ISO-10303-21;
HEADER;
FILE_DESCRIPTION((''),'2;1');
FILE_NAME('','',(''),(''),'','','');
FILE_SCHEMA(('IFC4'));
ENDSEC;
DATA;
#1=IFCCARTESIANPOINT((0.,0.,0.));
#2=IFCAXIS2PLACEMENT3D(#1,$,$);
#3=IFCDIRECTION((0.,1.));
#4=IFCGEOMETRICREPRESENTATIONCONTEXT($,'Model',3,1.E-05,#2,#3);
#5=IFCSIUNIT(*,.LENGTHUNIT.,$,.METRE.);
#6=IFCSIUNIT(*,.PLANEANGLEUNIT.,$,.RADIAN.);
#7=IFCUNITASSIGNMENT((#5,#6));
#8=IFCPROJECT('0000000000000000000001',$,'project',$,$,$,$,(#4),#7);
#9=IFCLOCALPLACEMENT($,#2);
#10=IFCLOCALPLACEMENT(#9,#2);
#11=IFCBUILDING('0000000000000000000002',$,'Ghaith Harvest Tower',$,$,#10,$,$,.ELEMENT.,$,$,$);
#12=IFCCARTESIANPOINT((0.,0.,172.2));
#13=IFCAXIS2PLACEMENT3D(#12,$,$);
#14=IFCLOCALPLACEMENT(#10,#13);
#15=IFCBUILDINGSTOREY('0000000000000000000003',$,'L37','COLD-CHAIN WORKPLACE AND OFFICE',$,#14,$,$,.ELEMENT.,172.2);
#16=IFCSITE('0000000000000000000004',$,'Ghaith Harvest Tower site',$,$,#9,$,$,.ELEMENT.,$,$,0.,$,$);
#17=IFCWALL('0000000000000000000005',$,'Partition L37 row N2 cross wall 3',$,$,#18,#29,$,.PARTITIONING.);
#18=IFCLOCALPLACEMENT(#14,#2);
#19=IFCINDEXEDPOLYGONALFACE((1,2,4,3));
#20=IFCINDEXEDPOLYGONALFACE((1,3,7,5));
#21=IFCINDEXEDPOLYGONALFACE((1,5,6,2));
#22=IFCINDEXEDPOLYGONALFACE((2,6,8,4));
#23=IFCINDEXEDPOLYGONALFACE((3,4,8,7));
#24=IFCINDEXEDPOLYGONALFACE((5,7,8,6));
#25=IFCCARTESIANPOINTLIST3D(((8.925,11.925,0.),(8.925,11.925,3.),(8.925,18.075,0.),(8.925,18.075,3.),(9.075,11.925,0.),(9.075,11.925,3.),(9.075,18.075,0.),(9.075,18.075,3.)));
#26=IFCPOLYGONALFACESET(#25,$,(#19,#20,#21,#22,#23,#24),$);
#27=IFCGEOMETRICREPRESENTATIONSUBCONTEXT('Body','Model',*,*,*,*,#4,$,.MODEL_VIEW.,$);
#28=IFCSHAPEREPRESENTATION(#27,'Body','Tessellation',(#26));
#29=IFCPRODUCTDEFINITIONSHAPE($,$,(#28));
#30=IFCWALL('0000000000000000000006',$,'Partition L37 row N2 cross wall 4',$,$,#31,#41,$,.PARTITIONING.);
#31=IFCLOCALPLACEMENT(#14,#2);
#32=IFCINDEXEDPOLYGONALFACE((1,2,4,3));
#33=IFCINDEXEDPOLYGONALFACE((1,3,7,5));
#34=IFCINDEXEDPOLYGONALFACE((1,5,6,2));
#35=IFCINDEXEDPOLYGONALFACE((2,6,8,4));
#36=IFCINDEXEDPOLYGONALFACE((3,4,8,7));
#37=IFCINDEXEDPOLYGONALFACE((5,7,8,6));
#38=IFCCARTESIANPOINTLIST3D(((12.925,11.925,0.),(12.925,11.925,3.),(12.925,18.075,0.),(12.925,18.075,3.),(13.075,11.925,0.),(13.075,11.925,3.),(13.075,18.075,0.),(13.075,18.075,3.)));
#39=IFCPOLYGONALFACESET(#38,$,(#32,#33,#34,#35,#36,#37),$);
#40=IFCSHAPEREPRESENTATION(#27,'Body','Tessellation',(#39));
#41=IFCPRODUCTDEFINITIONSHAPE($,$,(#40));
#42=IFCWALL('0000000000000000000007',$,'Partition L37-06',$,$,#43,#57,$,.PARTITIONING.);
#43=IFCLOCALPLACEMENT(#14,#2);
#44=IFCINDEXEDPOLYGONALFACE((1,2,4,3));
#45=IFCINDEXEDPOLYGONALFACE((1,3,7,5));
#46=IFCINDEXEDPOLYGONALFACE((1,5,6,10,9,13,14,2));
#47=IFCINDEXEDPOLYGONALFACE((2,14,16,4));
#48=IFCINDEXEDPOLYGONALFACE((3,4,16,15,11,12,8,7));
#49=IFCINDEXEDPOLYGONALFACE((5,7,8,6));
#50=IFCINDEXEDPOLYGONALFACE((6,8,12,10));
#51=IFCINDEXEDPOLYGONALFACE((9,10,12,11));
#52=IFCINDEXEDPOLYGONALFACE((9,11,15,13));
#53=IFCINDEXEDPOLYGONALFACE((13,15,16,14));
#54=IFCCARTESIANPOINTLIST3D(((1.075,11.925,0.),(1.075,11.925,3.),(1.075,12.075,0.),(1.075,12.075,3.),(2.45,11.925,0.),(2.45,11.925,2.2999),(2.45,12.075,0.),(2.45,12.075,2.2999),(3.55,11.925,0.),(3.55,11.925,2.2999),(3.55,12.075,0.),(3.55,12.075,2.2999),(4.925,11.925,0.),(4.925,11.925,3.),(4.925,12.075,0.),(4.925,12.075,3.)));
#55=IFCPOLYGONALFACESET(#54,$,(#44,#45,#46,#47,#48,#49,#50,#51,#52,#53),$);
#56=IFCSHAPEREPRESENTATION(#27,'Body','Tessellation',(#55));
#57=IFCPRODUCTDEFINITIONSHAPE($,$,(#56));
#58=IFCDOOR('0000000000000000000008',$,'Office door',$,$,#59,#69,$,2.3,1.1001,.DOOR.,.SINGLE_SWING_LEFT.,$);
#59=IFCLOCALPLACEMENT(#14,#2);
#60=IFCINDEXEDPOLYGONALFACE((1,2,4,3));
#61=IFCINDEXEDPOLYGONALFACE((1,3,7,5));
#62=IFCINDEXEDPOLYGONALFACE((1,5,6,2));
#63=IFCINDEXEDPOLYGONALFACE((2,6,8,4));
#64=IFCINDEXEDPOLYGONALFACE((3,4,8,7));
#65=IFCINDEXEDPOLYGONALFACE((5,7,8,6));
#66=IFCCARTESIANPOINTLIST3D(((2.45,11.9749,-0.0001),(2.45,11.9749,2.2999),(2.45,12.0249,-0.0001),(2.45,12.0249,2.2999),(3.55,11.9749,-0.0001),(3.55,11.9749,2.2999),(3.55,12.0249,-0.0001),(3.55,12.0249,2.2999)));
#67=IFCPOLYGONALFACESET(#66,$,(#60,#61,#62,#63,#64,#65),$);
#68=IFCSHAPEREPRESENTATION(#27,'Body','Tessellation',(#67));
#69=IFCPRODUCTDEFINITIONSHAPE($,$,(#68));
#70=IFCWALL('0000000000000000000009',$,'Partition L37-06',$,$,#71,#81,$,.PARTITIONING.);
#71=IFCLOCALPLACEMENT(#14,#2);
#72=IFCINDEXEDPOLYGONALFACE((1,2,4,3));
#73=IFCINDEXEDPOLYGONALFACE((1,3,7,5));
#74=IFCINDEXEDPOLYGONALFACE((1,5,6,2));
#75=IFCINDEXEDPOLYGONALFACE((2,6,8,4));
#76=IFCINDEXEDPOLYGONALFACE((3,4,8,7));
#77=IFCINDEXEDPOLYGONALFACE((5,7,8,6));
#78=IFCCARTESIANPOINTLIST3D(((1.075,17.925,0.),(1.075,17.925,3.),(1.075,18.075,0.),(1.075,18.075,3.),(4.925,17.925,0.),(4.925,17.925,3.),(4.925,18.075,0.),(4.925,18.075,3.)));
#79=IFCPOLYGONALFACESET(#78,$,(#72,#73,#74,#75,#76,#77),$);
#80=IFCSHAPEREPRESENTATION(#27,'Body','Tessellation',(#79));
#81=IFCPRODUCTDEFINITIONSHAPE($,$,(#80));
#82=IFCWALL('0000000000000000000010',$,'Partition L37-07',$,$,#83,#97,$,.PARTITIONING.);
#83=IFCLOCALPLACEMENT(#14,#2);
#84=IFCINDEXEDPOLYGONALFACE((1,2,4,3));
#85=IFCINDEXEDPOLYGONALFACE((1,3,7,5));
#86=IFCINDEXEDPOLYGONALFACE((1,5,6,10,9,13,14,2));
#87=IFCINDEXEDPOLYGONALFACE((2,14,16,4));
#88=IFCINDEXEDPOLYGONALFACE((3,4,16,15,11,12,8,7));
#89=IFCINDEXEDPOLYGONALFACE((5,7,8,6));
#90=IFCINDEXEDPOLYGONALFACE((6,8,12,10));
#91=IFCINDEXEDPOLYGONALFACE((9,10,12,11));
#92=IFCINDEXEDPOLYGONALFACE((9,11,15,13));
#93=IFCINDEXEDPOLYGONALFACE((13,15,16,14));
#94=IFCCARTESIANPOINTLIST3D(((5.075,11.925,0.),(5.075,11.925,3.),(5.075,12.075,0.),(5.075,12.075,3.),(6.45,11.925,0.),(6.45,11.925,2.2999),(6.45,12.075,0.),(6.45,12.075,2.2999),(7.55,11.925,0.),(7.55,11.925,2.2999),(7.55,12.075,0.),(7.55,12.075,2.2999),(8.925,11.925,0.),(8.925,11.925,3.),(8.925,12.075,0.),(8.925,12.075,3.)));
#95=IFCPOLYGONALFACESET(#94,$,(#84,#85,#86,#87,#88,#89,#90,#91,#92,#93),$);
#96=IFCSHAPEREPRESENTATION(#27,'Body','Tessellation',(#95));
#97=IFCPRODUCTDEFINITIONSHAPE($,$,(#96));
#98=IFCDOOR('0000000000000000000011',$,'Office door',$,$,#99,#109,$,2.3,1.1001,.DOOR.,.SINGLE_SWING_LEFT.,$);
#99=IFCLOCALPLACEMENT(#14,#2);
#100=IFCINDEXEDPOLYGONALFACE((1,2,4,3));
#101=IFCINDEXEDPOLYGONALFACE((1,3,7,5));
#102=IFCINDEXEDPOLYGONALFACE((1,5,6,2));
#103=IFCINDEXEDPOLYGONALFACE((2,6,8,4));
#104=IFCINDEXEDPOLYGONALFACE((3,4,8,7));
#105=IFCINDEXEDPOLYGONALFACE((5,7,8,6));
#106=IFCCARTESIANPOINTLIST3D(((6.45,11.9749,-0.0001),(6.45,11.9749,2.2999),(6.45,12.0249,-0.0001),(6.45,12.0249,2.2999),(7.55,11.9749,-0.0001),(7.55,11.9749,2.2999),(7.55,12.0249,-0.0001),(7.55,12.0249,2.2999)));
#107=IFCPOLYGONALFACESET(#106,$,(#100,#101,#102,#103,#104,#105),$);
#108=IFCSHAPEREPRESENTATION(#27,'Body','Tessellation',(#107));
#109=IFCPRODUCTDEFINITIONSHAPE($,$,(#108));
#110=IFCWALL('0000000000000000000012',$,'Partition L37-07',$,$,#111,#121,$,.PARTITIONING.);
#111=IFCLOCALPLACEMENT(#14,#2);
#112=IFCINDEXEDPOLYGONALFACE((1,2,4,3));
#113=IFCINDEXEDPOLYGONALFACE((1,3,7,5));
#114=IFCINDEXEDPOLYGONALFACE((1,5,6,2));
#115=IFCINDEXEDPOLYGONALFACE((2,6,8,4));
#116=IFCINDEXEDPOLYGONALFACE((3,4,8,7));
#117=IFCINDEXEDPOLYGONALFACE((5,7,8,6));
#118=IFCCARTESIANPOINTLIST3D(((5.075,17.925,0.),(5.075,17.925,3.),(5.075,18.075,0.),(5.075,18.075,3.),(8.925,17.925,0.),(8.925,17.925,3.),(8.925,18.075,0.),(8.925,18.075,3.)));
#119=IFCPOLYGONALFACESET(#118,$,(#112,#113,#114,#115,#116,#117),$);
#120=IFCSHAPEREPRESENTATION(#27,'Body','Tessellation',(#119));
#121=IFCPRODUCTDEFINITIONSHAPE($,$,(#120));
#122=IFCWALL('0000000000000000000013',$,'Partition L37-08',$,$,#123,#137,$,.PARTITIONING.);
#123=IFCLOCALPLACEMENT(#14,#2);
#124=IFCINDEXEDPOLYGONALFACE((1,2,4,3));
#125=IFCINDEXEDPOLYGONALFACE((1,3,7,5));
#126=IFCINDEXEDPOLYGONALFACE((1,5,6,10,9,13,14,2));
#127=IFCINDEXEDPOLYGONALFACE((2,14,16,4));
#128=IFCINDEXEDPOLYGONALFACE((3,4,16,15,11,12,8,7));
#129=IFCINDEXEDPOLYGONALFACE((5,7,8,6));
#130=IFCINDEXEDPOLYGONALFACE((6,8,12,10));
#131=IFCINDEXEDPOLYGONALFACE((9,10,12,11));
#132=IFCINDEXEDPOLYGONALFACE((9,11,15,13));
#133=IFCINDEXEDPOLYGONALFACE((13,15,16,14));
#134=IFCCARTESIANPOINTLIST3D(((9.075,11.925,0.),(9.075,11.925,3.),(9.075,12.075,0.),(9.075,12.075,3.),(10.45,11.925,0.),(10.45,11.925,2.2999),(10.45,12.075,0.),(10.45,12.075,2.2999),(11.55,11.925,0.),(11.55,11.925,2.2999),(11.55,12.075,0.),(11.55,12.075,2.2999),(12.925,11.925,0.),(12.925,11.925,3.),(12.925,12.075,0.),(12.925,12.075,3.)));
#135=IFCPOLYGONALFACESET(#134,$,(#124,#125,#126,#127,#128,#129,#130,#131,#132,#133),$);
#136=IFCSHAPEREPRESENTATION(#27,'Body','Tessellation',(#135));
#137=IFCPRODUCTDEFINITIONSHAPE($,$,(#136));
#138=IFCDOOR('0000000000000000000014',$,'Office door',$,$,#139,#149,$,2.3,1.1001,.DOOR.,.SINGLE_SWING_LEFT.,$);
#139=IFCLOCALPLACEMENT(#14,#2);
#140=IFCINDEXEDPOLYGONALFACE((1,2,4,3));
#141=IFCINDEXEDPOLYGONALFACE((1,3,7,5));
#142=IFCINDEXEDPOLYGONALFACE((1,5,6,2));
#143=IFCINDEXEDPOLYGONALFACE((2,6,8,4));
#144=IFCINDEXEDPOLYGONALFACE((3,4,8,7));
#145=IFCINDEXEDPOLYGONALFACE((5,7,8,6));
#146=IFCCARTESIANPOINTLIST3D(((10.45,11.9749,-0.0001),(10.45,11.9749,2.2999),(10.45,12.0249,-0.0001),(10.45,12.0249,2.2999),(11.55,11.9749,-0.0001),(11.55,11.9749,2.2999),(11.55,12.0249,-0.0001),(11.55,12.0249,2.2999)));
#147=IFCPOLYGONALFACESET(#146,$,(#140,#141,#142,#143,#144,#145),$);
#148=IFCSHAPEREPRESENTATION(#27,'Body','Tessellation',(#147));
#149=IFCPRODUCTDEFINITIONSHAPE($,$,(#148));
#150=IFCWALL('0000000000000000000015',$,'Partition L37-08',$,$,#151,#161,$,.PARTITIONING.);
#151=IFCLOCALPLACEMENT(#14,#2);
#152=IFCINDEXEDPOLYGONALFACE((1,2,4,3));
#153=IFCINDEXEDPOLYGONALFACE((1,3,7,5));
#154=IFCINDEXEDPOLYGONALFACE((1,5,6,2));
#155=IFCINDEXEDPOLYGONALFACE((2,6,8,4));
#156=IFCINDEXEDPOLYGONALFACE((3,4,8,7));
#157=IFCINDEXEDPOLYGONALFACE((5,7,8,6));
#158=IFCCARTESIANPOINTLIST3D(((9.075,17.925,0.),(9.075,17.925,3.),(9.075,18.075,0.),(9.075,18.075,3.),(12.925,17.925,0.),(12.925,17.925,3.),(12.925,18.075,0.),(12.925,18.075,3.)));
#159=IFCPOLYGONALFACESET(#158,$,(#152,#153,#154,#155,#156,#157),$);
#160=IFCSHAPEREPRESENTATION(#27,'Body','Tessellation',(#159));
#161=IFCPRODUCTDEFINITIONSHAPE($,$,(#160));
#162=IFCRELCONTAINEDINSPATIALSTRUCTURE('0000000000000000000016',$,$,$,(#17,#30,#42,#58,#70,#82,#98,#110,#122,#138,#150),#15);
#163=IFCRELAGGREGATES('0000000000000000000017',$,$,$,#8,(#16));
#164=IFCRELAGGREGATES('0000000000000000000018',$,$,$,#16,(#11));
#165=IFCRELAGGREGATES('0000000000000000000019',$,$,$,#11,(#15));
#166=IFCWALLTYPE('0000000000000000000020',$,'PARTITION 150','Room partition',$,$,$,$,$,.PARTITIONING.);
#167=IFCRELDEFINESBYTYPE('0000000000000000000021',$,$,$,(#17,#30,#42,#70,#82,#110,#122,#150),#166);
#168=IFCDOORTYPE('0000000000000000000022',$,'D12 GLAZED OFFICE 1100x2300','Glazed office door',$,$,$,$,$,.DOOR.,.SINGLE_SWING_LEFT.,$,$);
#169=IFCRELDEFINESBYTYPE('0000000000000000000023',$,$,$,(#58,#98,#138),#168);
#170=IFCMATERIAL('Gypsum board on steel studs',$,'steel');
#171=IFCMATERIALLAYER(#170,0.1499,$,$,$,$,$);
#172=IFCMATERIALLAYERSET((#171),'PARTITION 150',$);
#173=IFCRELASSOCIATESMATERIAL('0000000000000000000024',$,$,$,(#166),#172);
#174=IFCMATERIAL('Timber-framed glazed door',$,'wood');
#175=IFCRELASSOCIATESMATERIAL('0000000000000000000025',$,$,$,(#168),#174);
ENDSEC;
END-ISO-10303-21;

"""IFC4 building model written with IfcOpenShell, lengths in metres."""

from ifc_helpers import new_model, si_unit, direction, frame, frame_2d, origin, place, context, subcontext, project, spatial, rectangle, extrude, material, layer, layer_set, type_object, element, fill, save


model = new_model("IFC4")

# Units and contexts
model_context = context("Model", 3, precision=1e-05, world=origin(), true_north=direction((0.0, 1.0)))
body_context = subcontext(model_context, "Body", "Model", "MODEL_VIEW")
ifc_project = project(units=[si_unit("LENGTHUNIT", "METRE"), si_unit("PLANEANGLEUNIT", "RADIAN")], contexts=[model_context])

# Site, building, storey
site_placement = place(None, origin())
site = spatial("IfcSite", under=ifc_project, at=site_placement, Name="Ghaith Harvest Tower site", CompositionType="ELEMENT", RefElevation=0.0)
building_placement = place(site_placement, origin())
building = spatial("IfcBuilding", under=site, at=building_placement, Name="Ghaith Harvest Tower", CompositionType="ELEMENT")
storey_placement = place(building_placement, frame((0.0, 0.0, 172.2)))
storey = spatial("IfcBuildingStorey", under=building, at=storey_placement, Name="L37", Description="COLD-CHAIN WORKPLACE AND OFFICE", CompositionType="ELEMENT", Elevation=172.2)

# Walls
ifc_material_1 = material(Name="Gypsum board on steel studs", Category="steel")
ifc_layer_1 = layer(ifc_material_1, 0.1499)
ifc_layer_set_1 = layer_set([ifc_layer_1], Name="PARTITION 150")
wall_type = type_object("IfcWallType", Name="PARTITION 150", Description="Room partition", PredefinedType="PARTITIONING", material=ifc_layer_set_1)
for number, where, z_axis, x_axis, name in (
    (1, (9.0, 11.925, 0.0), (0.0, 0.0, 1.0), (0.0, 1.0, 0.0), "Partition L37 row N2 cross wall 3"),
    (2, (13.0, 11.925, 0.0), (0.0, 0.0, 1.0), (0.0, 1.0, 0.0), "Partition L37 row N2 cross wall 4"),
):
    element("IfcWall", number, at=place(storey_placement, frame(where, z_axis=z_axis, x_axis=x_axis)), inside=storey, type_object=wall_type, Name=name, PredefinedType="PARTITIONING", context=body_context, shape_type="SweptSolid", body=[
        extrude(rectangle(XDim=6.1499, YDim=0.1499, at=frame_2d((3.075, 0.0))), origin(), (0.0, 0.0, 1.0), 3.0),
    ])

# Wall, opening, door
wall_1_placement = place(storey_placement, frame((1.075, 12.0, 0.0), z_axis=(0.0, 0.0, 1.0), x_axis=(1.0, 0.0, 0.0)))
wall_1 = element("IfcWall", 3, at=wall_1_placement, inside=storey, type_object=wall_type, Name="Partition L37-06", PredefinedType="PARTITIONING", context=body_context, shape_type="SweptSolid", body=[
    extrude(rectangle(XDim=3.8501, YDim=0.1499, at=frame_2d((1.925, 0.0))), origin(), (0.0, 0.0, 1.0), 3.0),
])
opening_1_placement = place(wall_1_placement, frame((1.375, 0.0, 0.0)))
opening_1 = element("IfcOpeningElement", 4, at=opening_1_placement, cuts=wall_1, PredefinedType="OPENING", context=body_context, shape_type="SweptSolid", body=[
    extrude(rectangle(XDim=1.1001, YDim=2.3, at=frame_2d((0.55, 1.1499))), frame((0.0, 0.085, 0.0), z_axis=(0.0, -1.0, 0.0), x_axis=(1.0, 0.0, 0.0)), (0.0, 0.0, 1.0), 0.1699),
])
ifc_material_2 = material(Name="Timber-framed glazed door", Category="wood")
door_type = type_object("IfcDoorType", Name="D12 GLAZED OFFICE 1100x2300", Description="Glazed office door", OperationType="SINGLE_SWING_LEFT", PredefinedType="DOOR", material=ifc_material_2)
door_1_placement = place(opening_1_placement, origin())
door_1 = element("IfcDoor", 5, at=door_1_placement, inside=storey, type_object=door_type, Name="Office door", OperationType="SINGLE_SWING_LEFT", OverallHeight=2.3, OverallWidth=1.1001, PredefinedType="DOOR", context=body_context, shape_type="SweptSolid", body=[
    extrude(rectangle(XDim=1.1001, YDim=2.3, at=frame_2d((0.55, 1.1499))), frame((0.0, 0.0249, 0.0), z_axis=(0.0, -1.0, 0.0), x_axis=(1.0, 0.0, 0.0)), (0.0, 0.0, 1.0), 0.05),
])
fill(opening_1, door_1)

# Wall
wall_2_placement = place(storey_placement, frame((1.075, 18.0, 0.0), z_axis=(0.0, 0.0, 1.0), x_axis=(1.0, 0.0, 0.0)))
element("IfcWall", 6, at=wall_2_placement, inside=storey, type_object=wall_type, Name="Partition L37-06", PredefinedType="PARTITIONING", context=body_context, shape_type="SweptSolid", body=[
    extrude(rectangle(XDim=3.8501, YDim=0.1499, at=frame_2d((1.925, 0.0))), origin(), (0.0, 0.0, 1.0), 3.0),
])

# Wall, opening, door
wall_3_placement = place(storey_placement, frame((5.075, 12.0, 0.0), z_axis=(0.0, 0.0, 1.0), x_axis=(1.0, 0.0, 0.0)))
wall_3 = element("IfcWall", 7, at=wall_3_placement, inside=storey, type_object=wall_type, Name="Partition L37-07", PredefinedType="PARTITIONING", context=body_context, shape_type="SweptSolid", body=[
    extrude(rectangle(XDim=3.8501, YDim=0.1499, at=frame_2d((1.925, 0.0))), origin(), (0.0, 0.0, 1.0), 3.0),
])
opening_2_placement = place(wall_3_placement, frame((1.375, 0.0, 0.0)))
opening_2 = element("IfcOpeningElement", 8, at=opening_2_placement, cuts=wall_3, PredefinedType="OPENING", context=body_context, shape_type="SweptSolid", body=[
    extrude(rectangle(XDim=1.1001, YDim=2.3, at=frame_2d((0.55, 1.1499))), frame((0.0, 0.085, 0.0), z_axis=(0.0, -1.0, 0.0), x_axis=(1.0, 0.0, 0.0)), (0.0, 0.0, 1.0), 0.1699),
])
door_2_placement = place(opening_2_placement, origin())
door_2 = element("IfcDoor", 9, at=door_2_placement, inside=storey, type_object=door_type, Name="Office door", OperationType="SINGLE_SWING_LEFT", OverallHeight=2.3, OverallWidth=1.1001, PredefinedType="DOOR", context=body_context, shape_type="SweptSolid", body=[
    extrude(rectangle(XDim=1.1001, YDim=2.3, at=frame_2d((0.55, 1.1499))), frame((0.0, 0.0249, 0.0), z_axis=(0.0, -1.0, 0.0), x_axis=(1.0, 0.0, 0.0)), (0.0, 0.0, 1.0), 0.05),
])
fill(opening_2, door_2)

# Wall
wall_4_placement = place(storey_placement, frame((5.075, 18.0, 0.0), z_axis=(0.0, 0.0, 1.0), x_axis=(1.0, 0.0, 0.0)))
element("IfcWall", 10, at=wall_4_placement, inside=storey, type_object=wall_type, Name="Partition L37-07", PredefinedType="PARTITIONING", context=body_context, shape_type="SweptSolid", body=[
    extrude(rectangle(XDim=3.8501, YDim=0.1499, at=frame_2d((1.925, 0.0))), origin(), (0.0, 0.0, 1.0), 3.0),
])

# Wall, opening, door
wall_5_placement = place(storey_placement, frame((9.075, 12.0, 0.0), z_axis=(0.0, 0.0, 1.0), x_axis=(1.0, 0.0, 0.0)))
wall_5 = element("IfcWall", 11, at=wall_5_placement, inside=storey, type_object=wall_type, Name="Partition L37-08", PredefinedType="PARTITIONING", context=body_context, shape_type="SweptSolid", body=[
    extrude(rectangle(XDim=3.8501, YDim=0.1499, at=frame_2d((1.925, 0.0))), origin(), (0.0, 0.0, 1.0), 3.0),
])
opening_3_placement = place(wall_5_placement, frame((1.375, 0.0, 0.0)))
opening_3 = element("IfcOpeningElement", 12, at=opening_3_placement, cuts=wall_5, PredefinedType="OPENING", context=body_context, shape_type="SweptSolid", body=[
    extrude(rectangle(XDim=1.1001, YDim=2.3, at=frame_2d((0.55, 1.1499))), frame((0.0, 0.085, 0.0), z_axis=(0.0, -1.0, 0.0), x_axis=(1.0, 0.0, 0.0)), (0.0, 0.0, 1.0), 0.1699),
])
door_3_placement = place(opening_3_placement, origin())
door_3 = element("IfcDoor", 13, at=door_3_placement, inside=storey, type_object=door_type, Name="Office door", OperationType="SINGLE_SWING_LEFT", OverallHeight=2.3, OverallWidth=1.1001, PredefinedType="DOOR", context=body_context, shape_type="SweptSolid", body=[
    extrude(rectangle(XDim=1.1001, YDim=2.3, at=frame_2d((0.55, 1.1499))), frame((0.0, 0.0249, 0.0), z_axis=(0.0, -1.0, 0.0), x_axis=(1.0, 0.0, 0.0)), (0.0, 0.0, 1.0), 0.05),
])
fill(opening_3, door_3)

# Wall
wall_6_placement = place(storey_placement, frame((9.075, 18.0, 0.0), z_axis=(0.0, 0.0, 1.0), x_axis=(1.0, 0.0, 0.0)))
element("IfcWall", 14, at=wall_6_placement, inside=storey, type_object=wall_type, Name="Partition L37-08", PredefinedType="PARTITIONING", context=body_context, shape_type="SweptSolid", body=[
    extrude(rectangle(XDim=3.8501, YDim=0.1499, at=frame_2d((1.925, 0.0))), origin(), (0.0, 0.0, 1.0), 3.0),
])

save(model, "model.ifc")
